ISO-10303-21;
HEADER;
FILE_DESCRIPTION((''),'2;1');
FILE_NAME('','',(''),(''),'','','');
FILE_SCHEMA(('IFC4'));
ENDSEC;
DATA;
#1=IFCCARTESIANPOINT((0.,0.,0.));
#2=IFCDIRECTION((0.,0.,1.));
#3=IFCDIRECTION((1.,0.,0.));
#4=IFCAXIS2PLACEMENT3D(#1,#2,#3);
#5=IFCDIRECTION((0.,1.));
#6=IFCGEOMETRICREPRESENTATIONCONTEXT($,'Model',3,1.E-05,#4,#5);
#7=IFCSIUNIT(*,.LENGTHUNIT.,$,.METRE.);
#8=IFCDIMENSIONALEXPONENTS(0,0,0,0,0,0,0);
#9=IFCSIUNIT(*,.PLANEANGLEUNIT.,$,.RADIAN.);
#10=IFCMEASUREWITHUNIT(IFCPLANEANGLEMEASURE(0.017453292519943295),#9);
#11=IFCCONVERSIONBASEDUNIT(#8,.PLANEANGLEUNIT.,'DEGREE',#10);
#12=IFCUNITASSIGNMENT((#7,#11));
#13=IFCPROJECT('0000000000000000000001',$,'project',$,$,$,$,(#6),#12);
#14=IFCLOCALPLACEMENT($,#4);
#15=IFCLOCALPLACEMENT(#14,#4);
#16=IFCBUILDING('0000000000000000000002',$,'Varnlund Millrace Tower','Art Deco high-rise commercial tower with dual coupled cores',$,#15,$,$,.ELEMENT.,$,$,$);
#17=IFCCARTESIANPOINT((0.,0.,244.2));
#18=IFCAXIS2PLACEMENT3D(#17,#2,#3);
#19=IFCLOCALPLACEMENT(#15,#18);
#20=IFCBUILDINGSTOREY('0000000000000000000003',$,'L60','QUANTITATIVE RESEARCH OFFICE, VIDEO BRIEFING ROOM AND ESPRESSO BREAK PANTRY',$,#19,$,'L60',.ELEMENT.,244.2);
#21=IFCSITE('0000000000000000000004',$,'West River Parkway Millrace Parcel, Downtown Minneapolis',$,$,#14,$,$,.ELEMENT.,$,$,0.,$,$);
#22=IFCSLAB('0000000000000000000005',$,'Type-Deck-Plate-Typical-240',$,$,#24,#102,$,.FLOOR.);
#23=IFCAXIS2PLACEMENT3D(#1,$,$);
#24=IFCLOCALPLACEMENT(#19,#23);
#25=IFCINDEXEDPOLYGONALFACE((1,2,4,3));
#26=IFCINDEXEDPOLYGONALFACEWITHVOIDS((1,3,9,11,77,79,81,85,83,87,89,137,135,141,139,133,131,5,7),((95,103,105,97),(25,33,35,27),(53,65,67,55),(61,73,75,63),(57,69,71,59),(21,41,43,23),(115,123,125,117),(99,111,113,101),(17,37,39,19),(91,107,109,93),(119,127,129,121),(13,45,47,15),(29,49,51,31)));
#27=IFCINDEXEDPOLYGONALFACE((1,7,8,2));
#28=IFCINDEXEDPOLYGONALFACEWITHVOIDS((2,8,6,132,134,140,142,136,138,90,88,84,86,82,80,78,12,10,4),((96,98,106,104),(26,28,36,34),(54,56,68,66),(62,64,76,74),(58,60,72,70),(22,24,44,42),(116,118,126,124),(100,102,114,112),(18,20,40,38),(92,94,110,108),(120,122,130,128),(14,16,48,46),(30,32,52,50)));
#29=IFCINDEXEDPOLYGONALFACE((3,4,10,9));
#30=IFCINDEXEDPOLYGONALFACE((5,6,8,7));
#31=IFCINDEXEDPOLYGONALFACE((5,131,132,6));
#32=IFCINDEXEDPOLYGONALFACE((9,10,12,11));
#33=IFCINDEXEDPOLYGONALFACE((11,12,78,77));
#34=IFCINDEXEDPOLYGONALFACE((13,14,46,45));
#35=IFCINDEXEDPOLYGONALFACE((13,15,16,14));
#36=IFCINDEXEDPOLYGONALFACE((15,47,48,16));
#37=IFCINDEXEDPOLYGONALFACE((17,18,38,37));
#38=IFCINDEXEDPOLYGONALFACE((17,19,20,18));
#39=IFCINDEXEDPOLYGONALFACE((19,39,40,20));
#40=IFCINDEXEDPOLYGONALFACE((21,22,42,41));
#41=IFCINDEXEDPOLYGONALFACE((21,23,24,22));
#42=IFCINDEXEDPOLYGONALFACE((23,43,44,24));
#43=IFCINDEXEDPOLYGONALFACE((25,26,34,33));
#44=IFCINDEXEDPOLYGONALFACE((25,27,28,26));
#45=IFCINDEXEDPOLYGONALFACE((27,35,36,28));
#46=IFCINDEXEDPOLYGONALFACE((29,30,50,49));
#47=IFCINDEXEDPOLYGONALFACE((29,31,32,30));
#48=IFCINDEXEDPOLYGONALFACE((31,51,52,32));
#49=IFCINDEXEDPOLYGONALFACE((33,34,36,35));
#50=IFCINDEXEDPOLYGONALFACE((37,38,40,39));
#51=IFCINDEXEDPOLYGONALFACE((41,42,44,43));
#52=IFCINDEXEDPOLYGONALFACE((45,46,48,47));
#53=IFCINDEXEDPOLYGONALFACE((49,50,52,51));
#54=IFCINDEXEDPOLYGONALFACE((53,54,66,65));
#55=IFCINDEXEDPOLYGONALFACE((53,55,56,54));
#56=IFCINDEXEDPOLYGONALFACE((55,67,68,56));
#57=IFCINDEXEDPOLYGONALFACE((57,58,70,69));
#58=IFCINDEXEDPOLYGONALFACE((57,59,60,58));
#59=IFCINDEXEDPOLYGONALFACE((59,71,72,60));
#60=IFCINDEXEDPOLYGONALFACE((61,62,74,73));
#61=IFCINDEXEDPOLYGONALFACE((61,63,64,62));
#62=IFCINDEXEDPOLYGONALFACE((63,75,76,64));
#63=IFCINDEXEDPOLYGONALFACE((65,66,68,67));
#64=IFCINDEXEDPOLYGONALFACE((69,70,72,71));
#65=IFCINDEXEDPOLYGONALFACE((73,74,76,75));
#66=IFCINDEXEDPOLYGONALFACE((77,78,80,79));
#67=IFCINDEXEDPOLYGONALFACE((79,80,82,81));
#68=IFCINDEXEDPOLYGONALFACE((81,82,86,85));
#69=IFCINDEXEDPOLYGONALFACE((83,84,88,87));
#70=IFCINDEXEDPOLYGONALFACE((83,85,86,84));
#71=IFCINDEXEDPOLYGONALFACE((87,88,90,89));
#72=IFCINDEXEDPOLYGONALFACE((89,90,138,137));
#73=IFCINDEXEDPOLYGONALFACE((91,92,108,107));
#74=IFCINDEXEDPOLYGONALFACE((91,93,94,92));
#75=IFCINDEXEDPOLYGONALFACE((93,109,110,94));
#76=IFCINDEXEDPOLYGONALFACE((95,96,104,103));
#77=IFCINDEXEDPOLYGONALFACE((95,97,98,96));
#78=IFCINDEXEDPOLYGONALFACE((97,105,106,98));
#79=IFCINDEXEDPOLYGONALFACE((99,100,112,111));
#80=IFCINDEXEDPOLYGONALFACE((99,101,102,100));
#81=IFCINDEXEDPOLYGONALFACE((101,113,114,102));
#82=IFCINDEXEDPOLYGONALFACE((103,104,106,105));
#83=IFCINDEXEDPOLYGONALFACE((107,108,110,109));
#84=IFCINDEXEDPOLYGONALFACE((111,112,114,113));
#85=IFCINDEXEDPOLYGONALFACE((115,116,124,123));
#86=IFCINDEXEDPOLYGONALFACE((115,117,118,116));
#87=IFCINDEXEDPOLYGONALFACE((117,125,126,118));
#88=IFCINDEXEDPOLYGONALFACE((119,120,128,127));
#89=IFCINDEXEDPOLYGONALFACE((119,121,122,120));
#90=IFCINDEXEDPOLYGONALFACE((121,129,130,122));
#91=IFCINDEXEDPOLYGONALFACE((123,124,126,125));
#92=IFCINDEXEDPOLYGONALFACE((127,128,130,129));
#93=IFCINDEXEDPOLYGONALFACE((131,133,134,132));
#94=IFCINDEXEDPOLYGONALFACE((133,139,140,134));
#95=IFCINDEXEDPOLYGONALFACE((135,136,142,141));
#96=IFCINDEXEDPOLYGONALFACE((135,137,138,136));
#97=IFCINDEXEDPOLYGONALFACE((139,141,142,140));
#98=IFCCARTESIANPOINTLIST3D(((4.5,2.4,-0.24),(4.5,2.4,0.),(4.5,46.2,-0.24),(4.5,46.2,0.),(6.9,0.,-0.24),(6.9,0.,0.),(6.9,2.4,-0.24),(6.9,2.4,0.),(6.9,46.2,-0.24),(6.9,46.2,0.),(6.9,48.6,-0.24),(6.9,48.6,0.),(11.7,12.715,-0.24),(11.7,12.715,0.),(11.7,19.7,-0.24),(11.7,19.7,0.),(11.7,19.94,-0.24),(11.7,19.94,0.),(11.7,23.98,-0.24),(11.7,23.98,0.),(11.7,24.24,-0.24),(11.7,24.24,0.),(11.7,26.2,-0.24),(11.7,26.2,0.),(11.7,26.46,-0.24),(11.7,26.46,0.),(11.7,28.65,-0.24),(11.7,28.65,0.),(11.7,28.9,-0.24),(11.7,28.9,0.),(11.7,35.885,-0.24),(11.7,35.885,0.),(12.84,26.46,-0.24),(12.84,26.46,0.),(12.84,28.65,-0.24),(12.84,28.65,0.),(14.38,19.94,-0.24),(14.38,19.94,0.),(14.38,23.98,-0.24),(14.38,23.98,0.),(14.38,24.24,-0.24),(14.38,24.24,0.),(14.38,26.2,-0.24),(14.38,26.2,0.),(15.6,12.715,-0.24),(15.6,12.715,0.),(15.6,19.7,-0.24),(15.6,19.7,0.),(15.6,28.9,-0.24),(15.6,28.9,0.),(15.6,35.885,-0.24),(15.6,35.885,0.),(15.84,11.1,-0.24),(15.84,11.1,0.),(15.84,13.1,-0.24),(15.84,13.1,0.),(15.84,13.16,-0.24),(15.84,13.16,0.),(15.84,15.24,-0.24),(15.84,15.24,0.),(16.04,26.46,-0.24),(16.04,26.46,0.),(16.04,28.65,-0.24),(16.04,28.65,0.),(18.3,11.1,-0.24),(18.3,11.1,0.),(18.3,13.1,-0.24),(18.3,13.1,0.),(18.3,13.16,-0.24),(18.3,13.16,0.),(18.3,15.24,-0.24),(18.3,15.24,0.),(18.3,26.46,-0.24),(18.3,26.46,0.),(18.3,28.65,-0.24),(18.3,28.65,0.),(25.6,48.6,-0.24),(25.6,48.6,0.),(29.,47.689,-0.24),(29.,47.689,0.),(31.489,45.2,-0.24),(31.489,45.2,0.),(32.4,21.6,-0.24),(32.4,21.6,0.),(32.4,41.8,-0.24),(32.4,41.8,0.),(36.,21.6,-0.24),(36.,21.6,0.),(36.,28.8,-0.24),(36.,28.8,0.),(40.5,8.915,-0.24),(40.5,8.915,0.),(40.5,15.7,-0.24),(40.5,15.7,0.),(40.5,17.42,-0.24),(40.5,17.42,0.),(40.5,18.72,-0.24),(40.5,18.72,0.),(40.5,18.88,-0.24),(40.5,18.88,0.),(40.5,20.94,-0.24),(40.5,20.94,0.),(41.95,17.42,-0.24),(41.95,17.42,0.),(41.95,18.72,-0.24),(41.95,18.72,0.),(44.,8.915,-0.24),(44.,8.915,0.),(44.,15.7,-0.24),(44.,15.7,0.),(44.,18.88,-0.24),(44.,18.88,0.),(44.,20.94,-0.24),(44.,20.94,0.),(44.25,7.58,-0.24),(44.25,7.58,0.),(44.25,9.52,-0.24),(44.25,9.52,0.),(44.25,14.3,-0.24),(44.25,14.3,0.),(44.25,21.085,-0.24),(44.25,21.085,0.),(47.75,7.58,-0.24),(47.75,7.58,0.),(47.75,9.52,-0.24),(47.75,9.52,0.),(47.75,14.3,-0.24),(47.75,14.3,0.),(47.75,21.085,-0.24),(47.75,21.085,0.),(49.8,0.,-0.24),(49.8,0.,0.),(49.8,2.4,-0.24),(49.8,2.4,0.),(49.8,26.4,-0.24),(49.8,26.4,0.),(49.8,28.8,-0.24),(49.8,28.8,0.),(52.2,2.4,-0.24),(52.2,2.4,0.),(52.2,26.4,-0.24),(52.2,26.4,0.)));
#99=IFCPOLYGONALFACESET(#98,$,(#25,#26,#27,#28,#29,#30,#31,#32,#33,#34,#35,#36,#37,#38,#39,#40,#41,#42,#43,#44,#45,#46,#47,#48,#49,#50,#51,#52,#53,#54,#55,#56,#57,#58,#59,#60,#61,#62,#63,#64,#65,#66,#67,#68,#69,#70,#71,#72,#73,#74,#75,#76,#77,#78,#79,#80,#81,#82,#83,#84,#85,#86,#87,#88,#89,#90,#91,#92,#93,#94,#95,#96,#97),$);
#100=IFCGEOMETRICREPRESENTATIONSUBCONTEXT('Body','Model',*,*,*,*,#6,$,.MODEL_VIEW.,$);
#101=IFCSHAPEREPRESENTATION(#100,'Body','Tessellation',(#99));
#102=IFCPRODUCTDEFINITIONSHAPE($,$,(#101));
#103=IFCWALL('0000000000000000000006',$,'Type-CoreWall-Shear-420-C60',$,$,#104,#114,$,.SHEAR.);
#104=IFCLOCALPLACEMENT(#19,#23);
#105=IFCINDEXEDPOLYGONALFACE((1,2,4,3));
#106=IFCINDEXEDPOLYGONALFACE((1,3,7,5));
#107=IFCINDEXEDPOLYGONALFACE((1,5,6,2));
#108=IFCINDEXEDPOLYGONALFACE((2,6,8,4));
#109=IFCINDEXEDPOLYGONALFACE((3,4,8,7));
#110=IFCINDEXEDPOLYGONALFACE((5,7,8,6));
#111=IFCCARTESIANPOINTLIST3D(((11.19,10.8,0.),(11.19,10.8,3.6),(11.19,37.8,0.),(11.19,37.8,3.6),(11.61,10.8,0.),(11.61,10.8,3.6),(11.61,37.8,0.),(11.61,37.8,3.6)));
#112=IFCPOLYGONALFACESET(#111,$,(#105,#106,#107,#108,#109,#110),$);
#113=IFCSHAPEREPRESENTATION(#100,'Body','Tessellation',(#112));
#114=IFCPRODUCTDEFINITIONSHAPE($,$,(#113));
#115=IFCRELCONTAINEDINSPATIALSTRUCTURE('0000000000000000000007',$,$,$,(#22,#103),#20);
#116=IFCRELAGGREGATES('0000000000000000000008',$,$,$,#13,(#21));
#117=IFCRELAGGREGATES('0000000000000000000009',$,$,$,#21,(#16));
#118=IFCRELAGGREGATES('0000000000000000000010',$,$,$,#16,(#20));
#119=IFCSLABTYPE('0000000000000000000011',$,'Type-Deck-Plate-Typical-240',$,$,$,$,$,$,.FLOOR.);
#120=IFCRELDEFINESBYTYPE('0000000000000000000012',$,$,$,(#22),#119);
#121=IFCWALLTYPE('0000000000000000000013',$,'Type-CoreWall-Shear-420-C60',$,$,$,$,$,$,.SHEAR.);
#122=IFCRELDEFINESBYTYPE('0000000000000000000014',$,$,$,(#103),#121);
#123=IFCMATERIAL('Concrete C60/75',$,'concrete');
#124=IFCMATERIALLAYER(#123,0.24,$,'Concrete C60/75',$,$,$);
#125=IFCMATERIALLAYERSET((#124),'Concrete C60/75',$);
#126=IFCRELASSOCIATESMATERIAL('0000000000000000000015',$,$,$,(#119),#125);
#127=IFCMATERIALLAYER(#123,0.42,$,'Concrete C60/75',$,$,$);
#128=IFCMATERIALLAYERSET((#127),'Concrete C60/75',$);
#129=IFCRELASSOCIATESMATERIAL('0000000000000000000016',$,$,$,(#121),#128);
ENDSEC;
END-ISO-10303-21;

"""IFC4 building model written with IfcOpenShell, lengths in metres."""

from ifc_helpers import new_model, entity, si_unit, converted_unit, direction, frame, origin_with_axes, place, context, subcontext, project, spatial, polyline, outline, extrude, material, layer, layer_set, type_object, element, save


model = new_model("IFC4")

# Units and contexts
model_context = context("Model", 3, precision=1e-05, world=origin_with_axes(), true_north=direction((0.0, 1.0)))
body_context = subcontext(model_context, "Body", "Model", "MODEL_VIEW")
ifc_project = project(units=[si_unit("LENGTHUNIT", "METRE"), converted_unit("PLANEANGLEUNIT", "DEGREE", entity("IfcPlaneAngleMeasure", 0.017453292519943295), si_unit("PLANEANGLEUNIT", "RADIAN"), dimensions=[0, 0, 0, 0, 0, 0, 0])], contexts=[model_context])

# Site, building, storey
site_placement = place(None, origin_with_axes())
site = spatial("IfcSite", under=ifc_project, at=site_placement, Name="West River Parkway Millrace Parcel, Downtown Minneapolis", CompositionType="ELEMENT", RefElevation=0.0)
building_placement = place(site_placement, origin_with_axes())
building = spatial("IfcBuilding", under=site, at=building_placement, Name="Varnlund Millrace Tower", Description="Art Deco high-rise commercial tower with dual coupled cores", CompositionType="ELEMENT")
storey_placement = place(building_placement, frame((0.0, 0.0, 244.2), z_axis=(0.0, 0.0, 1.0), x_axis=(1.0, 0.0, 0.0)))
storey = spatial("IfcBuildingStorey", under=building, at=storey_placement, Name="L60", Description="QUANTITATIVE RESEARCH OFFICE, VIDEO BRIEFING ROOM AND ESPRESSO BREAK PANTRY", LongName="L60", CompositionType="ELEMENT", Elevation=244.2)

# Slab
ifc_material_1 = material(Name="Concrete C60/75", Category="concrete")
ifc_layer_1 = layer(ifc_material_1, 0.24, Name="Concrete C60/75")
ifc_layer_set_1 = layer_set([ifc_layer_1], Name="Concrete C60/75")
slab_type = type_object("IfcSlabType", Name="Type-Deck-Plate-Typical-240", PredefinedType="FLOOR", material=ifc_layer_set_1)
slab_placement = place(storey_placement, frame((0.0, 0.0, -0.24), z_axis=(0.0, 0.0, 1.0), x_axis=(1.0, 0.0, 0.0)))
element("IfcSlab", 1, at=slab_placement, inside=storey, type_object=slab_type, Name="Type-Deck-Plate-Typical-240", PredefinedType="FLOOR", context=body_context, shape_type="SweptSolid", body=[
    extrude(outline(polyline([(32.4, 21.6), (32.4, 41.8), (31.489, 45.2), (29.0, 47.689), (25.6, 48.6), (6.9, 48.6), (6.9, 46.2), (4.5, 46.2), (4.5, 2.4), (6.9, 2.4), (6.9, 0.0), (49.8, 0.0), (49.8, 2.4), (52.2, 2.4), (52.2, 26.4), (49.8, 26.4), (49.8, 28.8), (36.0, 28.8), (36.0, 21.6), (32.4, 21.6)]), holes=[polyline([(18.3, 13.1), (18.3, 11.1), (15.84, 11.1), (15.84, 13.1), (18.3, 13.1)]), polyline([(15.6, 12.715), (11.7, 12.715), (11.7, 19.7), (15.6, 19.7), (15.6, 12.715)]), polyline([(11.7, 19.94), (11.7, 23.98), (14.38, 23.98), (14.38, 19.94), (11.7, 19.94)]), polyline([(14.38, 24.24), (11.7, 24.24), (11.7, 26.2), (14.38, 26.2), (14.38, 24.24)]), polyline([(12.84, 26.46), (11.7, 26.46), (11.7, 28.65), (12.84, 28.65), (12.84, 26.46)]), polyline([(15.6, 28.9), (11.7, 28.9), (11.7, 35.885), (15.6, 35.885), (15.6, 28.9)]), polyline([(47.75, 9.52), (47.75, 7.58), (44.25, 7.58), (44.25, 9.52), (47.75, 9.52)]), polyline([(44.0, 8.915), (40.5, 8.915), (40.5, 15.7), (44.0, 15.7), (44.0, 8.915)]), polyline([(18.3, 13.16), (15.84, 13.16), (15.84, 15.24), (18.3, 15.24), (18.3, 13.16)]), polyline([(47.75, 14.3), (44.25, 14.3), (44.25, 21.085), (47.75, 21.085), (47.75, 14.3)]), polyline([(41.95, 17.42), (40.5, 17.42), (40.5, 18.72), (41.95, 18.72), (41.95, 17.42)]), polyline([(44.0, 18.88), (40.5, 18.88), (40.5, 20.94), (44.0, 20.94), (44.0, 18.88)]), polyline([(18.3, 26.46), (16.04, 26.46), (16.04, 28.65), (18.3, 28.65), (18.3, 26.46)])]), origin_with_axes(), (0.0, 0.0, 1.0), 0.24),
])

# Wall
ifc_layer_2 = layer(ifc_material_1, 0.42, Name="Concrete C60/75")
ifc_layer_set_2 = layer_set([ifc_layer_2], Name="Concrete C60/75")
wall_type = type_object("IfcWallType", Name="Type-CoreWall-Shear-420-C60", PredefinedType="SHEAR", material=ifc_layer_set_2)
wall_placement = place(storey_placement, frame((11.4, 10.8, 0.0), z_axis=(0.0, 0.0, 1.0), x_axis=(0.0, 1.0, 0.0)))
element("IfcWall", 2, at=wall_placement, inside=storey, type_object=wall_type, Name="Type-CoreWall-Shear-420-C60", PredefinedType="SHEAR", context=body_context, shape_type="SweptSolid", body=[
    extrude(outline(polyline([(0.0, -0.21), (27.0, -0.21), (27.0, 0.21), (0.0, 0.21), (0.0, -0.21)])), origin_with_axes(), (0.0, 0.0, 1.0), 3.6),
])

save(model, "model.ifc")
